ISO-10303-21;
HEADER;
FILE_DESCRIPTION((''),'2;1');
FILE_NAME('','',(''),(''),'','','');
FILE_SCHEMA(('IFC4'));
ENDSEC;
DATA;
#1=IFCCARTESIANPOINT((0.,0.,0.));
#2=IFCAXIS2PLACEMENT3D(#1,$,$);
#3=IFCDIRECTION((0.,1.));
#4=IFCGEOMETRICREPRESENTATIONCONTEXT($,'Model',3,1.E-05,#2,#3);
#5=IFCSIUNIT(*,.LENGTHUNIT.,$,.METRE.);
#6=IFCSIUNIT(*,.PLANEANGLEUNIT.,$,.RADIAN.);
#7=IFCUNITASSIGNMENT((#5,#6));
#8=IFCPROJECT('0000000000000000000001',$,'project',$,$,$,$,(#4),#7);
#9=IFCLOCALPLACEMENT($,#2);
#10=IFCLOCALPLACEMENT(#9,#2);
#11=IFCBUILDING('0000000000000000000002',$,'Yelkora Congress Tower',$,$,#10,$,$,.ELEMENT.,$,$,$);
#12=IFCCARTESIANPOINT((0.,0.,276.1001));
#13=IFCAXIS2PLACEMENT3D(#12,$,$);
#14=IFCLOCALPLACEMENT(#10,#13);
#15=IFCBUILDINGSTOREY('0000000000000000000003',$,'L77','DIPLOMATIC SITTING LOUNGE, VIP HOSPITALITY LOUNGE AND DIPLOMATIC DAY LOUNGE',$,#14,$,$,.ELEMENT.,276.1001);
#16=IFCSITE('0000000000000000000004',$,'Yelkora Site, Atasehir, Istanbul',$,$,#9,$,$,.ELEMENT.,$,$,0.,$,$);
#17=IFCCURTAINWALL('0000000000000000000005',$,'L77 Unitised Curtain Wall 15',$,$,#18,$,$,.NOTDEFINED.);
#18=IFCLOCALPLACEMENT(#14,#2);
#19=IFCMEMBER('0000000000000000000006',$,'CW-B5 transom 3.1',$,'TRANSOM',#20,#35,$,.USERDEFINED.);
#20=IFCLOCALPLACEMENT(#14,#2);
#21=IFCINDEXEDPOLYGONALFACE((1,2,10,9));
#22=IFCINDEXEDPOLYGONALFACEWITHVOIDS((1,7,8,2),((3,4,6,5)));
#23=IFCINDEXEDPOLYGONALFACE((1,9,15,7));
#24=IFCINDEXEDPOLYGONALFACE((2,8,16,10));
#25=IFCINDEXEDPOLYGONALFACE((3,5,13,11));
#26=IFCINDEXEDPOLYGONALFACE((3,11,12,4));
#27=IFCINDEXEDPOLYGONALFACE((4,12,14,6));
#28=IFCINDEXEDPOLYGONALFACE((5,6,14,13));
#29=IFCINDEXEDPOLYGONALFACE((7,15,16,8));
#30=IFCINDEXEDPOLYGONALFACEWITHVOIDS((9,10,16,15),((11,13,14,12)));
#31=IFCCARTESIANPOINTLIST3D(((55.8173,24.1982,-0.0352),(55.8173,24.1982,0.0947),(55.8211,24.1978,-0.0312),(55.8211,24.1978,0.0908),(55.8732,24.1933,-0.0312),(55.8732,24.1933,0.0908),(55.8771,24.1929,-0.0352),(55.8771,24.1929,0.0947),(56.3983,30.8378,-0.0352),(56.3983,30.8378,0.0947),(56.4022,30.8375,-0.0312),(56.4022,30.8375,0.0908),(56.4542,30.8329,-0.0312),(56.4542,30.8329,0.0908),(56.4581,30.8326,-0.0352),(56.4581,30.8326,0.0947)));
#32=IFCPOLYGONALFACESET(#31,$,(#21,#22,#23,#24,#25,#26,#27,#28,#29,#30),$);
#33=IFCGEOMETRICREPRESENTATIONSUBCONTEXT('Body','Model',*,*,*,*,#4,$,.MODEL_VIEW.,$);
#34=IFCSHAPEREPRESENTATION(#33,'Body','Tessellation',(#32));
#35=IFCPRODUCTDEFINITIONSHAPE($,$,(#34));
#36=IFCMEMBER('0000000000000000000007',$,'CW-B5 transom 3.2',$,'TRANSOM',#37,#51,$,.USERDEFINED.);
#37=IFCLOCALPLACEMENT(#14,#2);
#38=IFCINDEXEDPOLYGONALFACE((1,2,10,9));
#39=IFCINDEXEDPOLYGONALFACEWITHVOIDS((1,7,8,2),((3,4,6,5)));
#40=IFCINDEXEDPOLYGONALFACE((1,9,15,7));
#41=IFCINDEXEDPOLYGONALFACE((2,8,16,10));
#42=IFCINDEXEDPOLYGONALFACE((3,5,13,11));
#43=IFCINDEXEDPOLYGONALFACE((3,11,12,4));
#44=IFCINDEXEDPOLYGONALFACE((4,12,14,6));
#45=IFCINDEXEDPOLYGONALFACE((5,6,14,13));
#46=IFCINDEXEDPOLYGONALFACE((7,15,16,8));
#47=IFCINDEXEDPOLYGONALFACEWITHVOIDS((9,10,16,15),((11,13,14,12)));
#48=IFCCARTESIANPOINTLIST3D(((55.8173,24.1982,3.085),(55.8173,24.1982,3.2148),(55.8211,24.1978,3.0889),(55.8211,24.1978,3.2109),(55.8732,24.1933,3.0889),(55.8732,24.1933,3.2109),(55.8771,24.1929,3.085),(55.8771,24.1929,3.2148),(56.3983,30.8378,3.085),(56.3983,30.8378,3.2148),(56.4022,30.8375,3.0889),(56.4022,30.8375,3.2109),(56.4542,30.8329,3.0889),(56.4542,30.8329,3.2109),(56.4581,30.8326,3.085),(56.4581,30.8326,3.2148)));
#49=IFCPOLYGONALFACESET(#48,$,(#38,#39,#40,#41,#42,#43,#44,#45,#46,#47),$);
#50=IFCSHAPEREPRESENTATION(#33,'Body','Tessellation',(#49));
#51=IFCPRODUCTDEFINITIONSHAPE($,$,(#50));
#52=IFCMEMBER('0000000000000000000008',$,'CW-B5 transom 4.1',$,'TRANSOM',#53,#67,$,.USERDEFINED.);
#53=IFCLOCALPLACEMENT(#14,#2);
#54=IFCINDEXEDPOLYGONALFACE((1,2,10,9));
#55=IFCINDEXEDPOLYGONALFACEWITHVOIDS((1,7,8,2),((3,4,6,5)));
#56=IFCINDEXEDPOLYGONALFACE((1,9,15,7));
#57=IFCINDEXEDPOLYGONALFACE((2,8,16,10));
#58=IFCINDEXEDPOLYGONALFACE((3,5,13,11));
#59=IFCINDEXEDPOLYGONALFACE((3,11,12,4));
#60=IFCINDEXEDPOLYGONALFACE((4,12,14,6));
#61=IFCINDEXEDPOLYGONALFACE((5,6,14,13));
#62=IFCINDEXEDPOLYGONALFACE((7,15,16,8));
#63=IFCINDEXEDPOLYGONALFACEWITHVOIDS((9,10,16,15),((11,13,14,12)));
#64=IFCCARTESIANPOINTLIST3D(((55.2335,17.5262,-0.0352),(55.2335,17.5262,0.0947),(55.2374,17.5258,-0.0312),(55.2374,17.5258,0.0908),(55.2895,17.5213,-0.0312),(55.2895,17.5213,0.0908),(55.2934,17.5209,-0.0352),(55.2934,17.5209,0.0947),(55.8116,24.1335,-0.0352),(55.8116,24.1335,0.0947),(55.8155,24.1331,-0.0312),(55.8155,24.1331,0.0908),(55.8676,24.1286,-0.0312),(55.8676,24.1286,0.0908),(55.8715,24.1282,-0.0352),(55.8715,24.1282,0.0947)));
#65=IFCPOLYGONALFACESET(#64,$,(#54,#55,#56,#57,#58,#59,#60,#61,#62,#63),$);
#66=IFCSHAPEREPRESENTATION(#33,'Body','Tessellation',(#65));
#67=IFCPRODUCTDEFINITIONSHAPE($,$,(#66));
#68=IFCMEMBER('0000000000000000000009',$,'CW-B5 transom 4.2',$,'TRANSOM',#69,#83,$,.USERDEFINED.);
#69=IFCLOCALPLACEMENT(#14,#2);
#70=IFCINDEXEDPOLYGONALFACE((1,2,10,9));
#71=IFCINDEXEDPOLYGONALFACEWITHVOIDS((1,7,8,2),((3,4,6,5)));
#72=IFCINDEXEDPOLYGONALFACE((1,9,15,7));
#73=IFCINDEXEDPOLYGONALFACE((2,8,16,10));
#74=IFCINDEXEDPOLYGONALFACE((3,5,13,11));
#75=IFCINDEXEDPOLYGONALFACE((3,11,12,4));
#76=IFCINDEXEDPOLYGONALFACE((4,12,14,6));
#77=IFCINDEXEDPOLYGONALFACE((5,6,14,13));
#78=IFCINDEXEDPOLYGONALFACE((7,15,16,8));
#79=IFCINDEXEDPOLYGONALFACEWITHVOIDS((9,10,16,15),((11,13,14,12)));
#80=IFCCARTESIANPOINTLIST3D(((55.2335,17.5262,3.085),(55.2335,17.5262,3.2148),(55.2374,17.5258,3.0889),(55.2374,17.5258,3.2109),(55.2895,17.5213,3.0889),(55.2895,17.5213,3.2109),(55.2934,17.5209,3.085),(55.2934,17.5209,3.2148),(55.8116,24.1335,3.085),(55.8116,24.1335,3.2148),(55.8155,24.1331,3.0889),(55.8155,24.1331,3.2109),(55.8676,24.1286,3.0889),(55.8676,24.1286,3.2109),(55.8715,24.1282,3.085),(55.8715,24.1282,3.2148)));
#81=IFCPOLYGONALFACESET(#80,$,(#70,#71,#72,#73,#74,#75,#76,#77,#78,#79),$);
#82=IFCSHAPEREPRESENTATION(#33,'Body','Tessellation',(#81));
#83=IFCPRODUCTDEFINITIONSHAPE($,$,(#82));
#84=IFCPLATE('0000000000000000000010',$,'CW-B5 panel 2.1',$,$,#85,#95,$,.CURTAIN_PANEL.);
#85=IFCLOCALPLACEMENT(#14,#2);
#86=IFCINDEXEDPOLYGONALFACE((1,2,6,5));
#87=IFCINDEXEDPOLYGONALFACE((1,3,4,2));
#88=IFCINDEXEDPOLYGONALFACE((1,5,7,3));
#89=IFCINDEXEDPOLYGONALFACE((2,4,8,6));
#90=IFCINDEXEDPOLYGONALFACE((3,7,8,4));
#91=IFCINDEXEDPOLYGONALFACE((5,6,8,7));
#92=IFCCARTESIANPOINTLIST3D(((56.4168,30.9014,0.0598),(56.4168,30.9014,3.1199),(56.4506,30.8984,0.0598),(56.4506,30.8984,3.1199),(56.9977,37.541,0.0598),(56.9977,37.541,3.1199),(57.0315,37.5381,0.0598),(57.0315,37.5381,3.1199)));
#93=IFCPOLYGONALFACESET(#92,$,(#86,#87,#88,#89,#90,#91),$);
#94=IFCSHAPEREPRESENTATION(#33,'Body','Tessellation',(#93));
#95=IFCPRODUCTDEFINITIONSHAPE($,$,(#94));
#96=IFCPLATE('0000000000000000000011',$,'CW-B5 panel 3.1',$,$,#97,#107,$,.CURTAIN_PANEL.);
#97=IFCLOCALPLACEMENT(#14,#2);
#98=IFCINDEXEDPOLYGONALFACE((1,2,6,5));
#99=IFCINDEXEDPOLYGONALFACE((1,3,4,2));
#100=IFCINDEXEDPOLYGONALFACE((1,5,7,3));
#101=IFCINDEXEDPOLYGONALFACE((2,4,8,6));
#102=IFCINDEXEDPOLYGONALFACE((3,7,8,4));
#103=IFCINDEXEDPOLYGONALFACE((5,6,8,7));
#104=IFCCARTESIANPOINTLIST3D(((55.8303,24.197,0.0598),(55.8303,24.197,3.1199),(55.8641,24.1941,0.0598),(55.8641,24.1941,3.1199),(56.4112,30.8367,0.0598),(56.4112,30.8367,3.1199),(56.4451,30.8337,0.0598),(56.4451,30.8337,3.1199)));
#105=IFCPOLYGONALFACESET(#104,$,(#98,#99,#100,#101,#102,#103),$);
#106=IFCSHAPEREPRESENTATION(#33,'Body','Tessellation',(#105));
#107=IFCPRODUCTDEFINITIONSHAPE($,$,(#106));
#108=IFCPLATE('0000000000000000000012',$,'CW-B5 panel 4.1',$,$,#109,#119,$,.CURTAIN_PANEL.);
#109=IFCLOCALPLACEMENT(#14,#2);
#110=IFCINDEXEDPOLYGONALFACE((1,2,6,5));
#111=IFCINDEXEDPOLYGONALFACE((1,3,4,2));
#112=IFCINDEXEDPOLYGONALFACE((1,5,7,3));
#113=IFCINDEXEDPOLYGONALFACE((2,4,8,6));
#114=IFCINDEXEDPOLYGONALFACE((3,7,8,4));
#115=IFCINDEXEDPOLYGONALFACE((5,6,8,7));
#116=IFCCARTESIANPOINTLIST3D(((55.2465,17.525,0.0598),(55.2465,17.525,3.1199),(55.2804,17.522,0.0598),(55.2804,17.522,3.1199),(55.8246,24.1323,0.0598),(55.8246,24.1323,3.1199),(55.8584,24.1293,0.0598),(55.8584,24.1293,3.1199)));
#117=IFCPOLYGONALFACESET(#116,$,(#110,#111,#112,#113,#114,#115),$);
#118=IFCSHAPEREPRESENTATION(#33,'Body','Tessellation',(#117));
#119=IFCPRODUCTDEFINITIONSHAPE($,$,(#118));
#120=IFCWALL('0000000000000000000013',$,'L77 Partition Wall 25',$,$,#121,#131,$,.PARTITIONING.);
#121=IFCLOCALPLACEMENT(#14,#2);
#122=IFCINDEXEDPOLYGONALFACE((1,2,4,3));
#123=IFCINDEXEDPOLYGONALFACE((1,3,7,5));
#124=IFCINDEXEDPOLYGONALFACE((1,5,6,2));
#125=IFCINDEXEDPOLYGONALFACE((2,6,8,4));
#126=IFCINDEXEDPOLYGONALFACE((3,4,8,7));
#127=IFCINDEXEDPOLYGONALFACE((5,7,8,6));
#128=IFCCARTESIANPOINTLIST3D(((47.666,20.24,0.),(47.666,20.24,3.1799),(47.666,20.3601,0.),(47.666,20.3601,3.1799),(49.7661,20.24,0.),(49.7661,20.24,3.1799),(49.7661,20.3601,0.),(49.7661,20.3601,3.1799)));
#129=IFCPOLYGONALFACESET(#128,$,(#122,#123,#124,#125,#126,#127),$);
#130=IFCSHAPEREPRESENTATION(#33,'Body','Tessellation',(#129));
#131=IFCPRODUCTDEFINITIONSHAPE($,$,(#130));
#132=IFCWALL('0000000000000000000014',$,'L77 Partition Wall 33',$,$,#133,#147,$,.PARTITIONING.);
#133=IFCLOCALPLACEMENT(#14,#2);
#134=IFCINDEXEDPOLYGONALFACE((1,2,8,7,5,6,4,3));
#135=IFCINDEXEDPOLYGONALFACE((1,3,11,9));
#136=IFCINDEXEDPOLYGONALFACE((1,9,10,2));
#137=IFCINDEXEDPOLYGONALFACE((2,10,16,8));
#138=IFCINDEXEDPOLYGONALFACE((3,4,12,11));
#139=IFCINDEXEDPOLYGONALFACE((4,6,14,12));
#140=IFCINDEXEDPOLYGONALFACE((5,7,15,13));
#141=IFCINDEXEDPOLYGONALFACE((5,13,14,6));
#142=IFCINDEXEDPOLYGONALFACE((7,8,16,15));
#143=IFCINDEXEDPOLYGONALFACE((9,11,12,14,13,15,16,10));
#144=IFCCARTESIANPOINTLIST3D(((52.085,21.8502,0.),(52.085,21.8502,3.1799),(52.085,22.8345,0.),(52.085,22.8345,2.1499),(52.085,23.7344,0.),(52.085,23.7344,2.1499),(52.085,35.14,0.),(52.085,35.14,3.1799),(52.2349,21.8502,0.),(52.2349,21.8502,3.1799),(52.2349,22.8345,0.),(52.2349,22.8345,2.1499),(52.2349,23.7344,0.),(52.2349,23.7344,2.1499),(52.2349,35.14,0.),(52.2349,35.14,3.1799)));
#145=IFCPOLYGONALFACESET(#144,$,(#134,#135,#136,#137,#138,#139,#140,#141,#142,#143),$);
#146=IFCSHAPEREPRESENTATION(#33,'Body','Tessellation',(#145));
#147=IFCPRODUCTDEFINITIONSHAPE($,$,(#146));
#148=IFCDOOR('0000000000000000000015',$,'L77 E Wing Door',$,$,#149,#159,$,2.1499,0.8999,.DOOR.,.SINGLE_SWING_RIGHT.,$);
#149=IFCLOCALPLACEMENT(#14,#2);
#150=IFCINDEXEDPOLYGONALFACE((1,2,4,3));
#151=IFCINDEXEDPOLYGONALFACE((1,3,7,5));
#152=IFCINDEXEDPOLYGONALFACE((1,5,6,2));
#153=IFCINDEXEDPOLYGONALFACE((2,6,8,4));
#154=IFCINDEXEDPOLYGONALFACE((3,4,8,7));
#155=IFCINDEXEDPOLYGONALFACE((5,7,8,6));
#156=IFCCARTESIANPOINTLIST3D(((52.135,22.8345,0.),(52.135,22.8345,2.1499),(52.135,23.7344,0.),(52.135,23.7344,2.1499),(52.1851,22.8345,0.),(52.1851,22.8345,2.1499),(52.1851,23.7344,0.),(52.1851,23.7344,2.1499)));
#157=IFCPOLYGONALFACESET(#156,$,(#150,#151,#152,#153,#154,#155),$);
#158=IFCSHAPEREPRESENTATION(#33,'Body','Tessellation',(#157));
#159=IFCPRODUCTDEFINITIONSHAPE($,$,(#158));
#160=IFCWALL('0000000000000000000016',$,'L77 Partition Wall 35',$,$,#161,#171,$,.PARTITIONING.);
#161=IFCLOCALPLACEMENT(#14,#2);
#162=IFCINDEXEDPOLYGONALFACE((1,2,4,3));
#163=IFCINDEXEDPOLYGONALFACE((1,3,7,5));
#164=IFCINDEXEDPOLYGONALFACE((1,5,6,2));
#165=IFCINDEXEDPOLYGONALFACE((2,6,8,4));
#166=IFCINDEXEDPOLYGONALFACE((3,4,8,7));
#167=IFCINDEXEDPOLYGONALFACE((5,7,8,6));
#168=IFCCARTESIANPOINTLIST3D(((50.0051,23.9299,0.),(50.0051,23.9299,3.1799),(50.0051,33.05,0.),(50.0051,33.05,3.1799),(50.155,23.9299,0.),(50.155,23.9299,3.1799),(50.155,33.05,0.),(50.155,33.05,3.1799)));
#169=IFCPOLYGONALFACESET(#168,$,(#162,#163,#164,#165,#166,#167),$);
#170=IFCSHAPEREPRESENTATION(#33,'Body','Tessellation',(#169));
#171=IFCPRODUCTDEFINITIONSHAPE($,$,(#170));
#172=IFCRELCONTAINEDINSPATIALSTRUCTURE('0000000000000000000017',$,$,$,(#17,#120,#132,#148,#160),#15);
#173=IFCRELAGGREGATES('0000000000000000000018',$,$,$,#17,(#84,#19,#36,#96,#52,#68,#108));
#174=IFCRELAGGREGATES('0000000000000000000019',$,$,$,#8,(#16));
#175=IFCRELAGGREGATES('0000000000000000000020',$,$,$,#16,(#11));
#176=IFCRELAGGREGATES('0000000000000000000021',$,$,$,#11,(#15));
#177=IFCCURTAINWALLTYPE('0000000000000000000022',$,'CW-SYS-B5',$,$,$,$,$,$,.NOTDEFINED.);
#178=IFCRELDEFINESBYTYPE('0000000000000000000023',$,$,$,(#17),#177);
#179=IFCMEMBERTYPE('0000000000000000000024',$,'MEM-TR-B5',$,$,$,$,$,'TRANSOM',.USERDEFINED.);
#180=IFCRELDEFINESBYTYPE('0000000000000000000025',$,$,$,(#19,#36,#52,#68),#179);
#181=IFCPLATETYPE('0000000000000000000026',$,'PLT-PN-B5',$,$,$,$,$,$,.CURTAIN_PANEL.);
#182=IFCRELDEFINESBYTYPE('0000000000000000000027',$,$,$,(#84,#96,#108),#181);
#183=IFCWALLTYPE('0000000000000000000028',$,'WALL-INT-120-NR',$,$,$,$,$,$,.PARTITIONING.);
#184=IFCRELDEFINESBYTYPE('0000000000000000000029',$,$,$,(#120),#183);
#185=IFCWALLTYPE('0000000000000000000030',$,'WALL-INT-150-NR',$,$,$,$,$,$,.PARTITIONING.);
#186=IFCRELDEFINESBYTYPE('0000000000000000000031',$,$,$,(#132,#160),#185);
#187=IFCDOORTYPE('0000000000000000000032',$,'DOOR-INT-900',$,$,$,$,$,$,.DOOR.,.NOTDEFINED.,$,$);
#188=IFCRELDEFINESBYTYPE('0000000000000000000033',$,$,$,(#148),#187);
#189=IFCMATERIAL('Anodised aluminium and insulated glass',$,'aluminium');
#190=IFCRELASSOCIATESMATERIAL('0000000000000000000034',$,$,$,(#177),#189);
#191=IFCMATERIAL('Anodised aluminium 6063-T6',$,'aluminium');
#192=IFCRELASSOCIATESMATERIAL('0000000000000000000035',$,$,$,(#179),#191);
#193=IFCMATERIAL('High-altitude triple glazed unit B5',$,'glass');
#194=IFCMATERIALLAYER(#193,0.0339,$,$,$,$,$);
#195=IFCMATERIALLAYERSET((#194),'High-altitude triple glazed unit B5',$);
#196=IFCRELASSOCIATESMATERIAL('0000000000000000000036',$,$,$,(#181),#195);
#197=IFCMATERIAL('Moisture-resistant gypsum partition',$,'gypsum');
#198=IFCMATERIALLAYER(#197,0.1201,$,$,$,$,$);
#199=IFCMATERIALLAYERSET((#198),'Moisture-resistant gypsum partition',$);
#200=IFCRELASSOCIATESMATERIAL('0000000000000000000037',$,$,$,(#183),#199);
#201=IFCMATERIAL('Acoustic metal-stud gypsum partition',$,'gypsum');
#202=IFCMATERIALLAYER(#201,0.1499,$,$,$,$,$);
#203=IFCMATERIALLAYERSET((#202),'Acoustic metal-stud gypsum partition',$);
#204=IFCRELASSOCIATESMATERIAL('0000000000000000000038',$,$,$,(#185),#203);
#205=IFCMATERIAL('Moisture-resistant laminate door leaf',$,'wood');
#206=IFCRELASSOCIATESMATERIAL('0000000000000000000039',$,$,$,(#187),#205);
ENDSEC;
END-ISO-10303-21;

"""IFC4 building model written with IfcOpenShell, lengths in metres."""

from ifc_helpers import new_model, si_unit, direction, frame, frame_2d, origin, origin_2d, place, context, subcontext, project, spatial, rectangle, hollow_rectangle, extrude, material, layer, layer_set, material_profile, profile_set, type_object, element, fill, aggregate, save


model = new_model("IFC4")

# Units and contexts
model_context = context("Model", 3, precision=1e-05, world=origin(), true_north=direction((0.0, 1.0)))
body_context = subcontext(model_context, "Body", "Model", "MODEL_VIEW")
ifc_project = project(units=[si_unit("LENGTHUNIT", "METRE"), si_unit("PLANEANGLEUNIT", "RADIAN")], contexts=[model_context])

# Site, building, storey
site_placement = place(None, origin())
site = spatial("IfcSite", under=ifc_project, at=site_placement, Name="Yelkora Site, Atasehir, Istanbul", CompositionType="ELEMENT", RefElevation=0.0)
building_placement = place(site_placement, origin())
building = spatial("IfcBuilding", under=site, at=building_placement, Name="Yelkora Congress Tower", CompositionType="ELEMENT")
storey_placement = place(building_placement, frame((0.0, 0.0, 276.1001)))
storey = spatial("IfcBuildingStorey", under=building, at=storey_placement, Name="L77", Description="DIPLOMATIC SITTING LOUNGE, VIP HOSPITALITY LOUNGE AND DIPLOMATIC DAY LOUNGE", CompositionType="ELEMENT", Elevation=276.1001)

# Curtain wall, members, plates
ifc_material_1 = material(Name="Anodised aluminium and insulated glass", Category="aluminium")
curtain_wall_type = type_object("IfcCurtainWallType", Name="CW-SYS-B5", PredefinedType="NOTDEFINED", material=ifc_material_1)
curtain_wall_placement = place(storey_placement, origin())
curtain_wall = element("IfcCurtainWall", 1, at=curtain_wall_placement, inside=storey, type_object=curtain_wall_type, Name="L77 Unitised Curtain Wall 15", PredefinedType="NOTDEFINED")
ifc_material_2 = material(Name="Anodised aluminium 6063-T6", Category="aluminium")
ifc_material_profile_1 = material_profile(ifc_material_2, hollow_rectangle(XDim=0.0601, YDim=0.1299, WallThickness=0.0039, at=origin_2d()), Name="ALU 60x130x4")
ifc_profile_set_1 = profile_set([ifc_material_profile_1], Name="Anodised aluminium 6063-T6")
member_type_1 = type_object("IfcMemberType", Name="MEM-TR-B5", ElementType="TRANSOM", PredefinedType="USERDEFINED", material=ifc_profile_set_1)
member_1_placement = place(storey_placement, frame((56.4282, 30.8352, 0.0298), z_axis=(-0.08718, -0.996193, 0.0), x_axis=(0.996193, -0.08718, 0.0)))
member_1 = element("IfcMember", 2, at=member_1_placement, type_object=member_type_1, Name="CW-B5 transom 3.1", ObjectType="TRANSOM", PredefinedType="USERDEFINED", context=body_context, shape_type="SweptSolid", body=[
    extrude(hollow_rectangle(XDim=0.0601, YDim=0.1299, WallThickness=0.0039, at=origin_2d()), origin(), (0.0, 0.0, 1.0), 6.665),
])
member_2_placement = place(storey_placement, frame((56.4282, 30.8352, 3.1499), z_axis=(-0.08718, -0.996193, 0.0), x_axis=(0.996193, -0.08718, 0.0)))
member_2 = element("IfcMember", 3, at=member_2_placement, type_object=member_type_1, Name="CW-B5 transom 3.2", ObjectType="TRANSOM", PredefinedType="USERDEFINED", context=body_context, shape_type="SweptSolid", body=[
    extrude(hollow_rectangle(XDim=0.0601, YDim=0.1299, WallThickness=0.0039, at=origin_2d()), origin(), (0.0, 0.0, 1.0), 6.665),
])
member_3_placement = place(storey_placement, frame((55.8416, 24.1309, 0.0298), z_axis=(-0.087163, -0.996194, 0.0), x_axis=(0.996194, -0.087163, 0.0)))
member_3 = element("IfcMember", 4, at=member_3_placement, type_object=member_type_1, Name="CW-B5 transom 4.1", ObjectType="TRANSOM", PredefinedType="USERDEFINED", context=body_context, shape_type="SweptSolid", body=[
    extrude(hollow_rectangle(XDim=0.0601, YDim=0.1299, WallThickness=0.0039, at=origin_2d()), origin(), (0.0, 0.0, 1.0), 6.6326),
])
member_4_placement = place(storey_placement, frame((55.8416, 24.1309, 3.1499), z_axis=(-0.087163, -0.996194, 0.0), x_axis=(0.996194, -0.087163, 0.0)))
member_4 = element("IfcMember", 5, at=member_4_placement, type_object=member_type_1, Name="CW-B5 transom 4.2", ObjectType="TRANSOM", PredefinedType="USERDEFINED", context=body_context, shape_type="SweptSolid", body=[
    extrude(hollow_rectangle(XDim=0.0601, YDim=0.1299, WallThickness=0.0039, at=origin_2d()), origin(), (0.0, 0.0, 1.0), 6.6326),
])
ifc_material_3 = material(Name="High-altitude triple glazed unit B5", Category="glass")
ifc_layer_1 = layer(ifc_material_3, 0.0339)
ifc_layer_set_1 = layer_set([ifc_layer_1], Name="High-altitude triple glazed unit B5")
plate_type = type_object("IfcPlateType", Name="PLT-PN-B5", PredefinedType="CURTAIN_PANEL", material=ifc_layer_set_1)
plate_1_placement = place(storey_placement, frame((56.7241, 34.2197, 0.0598), z_axis=(0.0, 0.0, 1.0), x_axis=(-0.087158, -0.996194, 0.0)))
plate_1 = element("IfcPlate", 6, at=plate_1_placement, type_object=plate_type, Name="CW-B5 panel 2.1", PredefinedType="CURTAIN_PANEL", context=body_context, shape_type="SweptSolid", body=[
    extrude(rectangle(XDim=6.665, YDim=0.0339, at=origin_2d()), origin(), (0.0, 0.0, 1.0), 3.0601),
])
plate_2_placement = place(storey_placement, frame((56.1377, 27.5154, 0.0598), z_axis=(0.0, 0.0, 1.0), x_axis=(-0.087158, -0.996194, 0.0)))
plate_2 = element("IfcPlate", 7, at=plate_2_placement, type_object=plate_type, Name="CW-B5 panel 3.1", PredefinedType="CURTAIN_PANEL", context=body_context, shape_type="SweptSolid", body=[
    extrude(rectangle(XDim=6.665, YDim=0.0339, at=origin_2d()), origin(), (0.0, 0.0, 1.0), 3.0601),
])
plate_3_placement = place(storey_placement, frame((55.5525, 20.8271, 0.0598), z_axis=(0.0, 0.0, 1.0), x_axis=(-0.087158, -0.996194, 0.0)))
plate_3 = element("IfcPlate", 8, at=plate_3_placement, type_object=plate_type, Name="CW-B5 panel 4.1", PredefinedType="CURTAIN_PANEL", context=body_context, shape_type="SweptSolid", body=[
    extrude(rectangle(XDim=6.6326, YDim=0.0339, at=origin_2d()), origin(), (0.0, 0.0, 1.0), 3.0601),
])
aggregate(curtain_wall, [plate_1, member_1, member_2, plate_2, member_3, member_4, plate_3])

# Wall
ifc_material_4 = material(Name="Moisture-resistant gypsum partition", Category="gypsum")
ifc_layer_2 = layer(ifc_material_4, 0.1201)
ifc_layer_set_2 = layer_set([ifc_layer_2], Name="Moisture-resistant gypsum partition")
wall_type_1 = type_object("IfcWallType", Name="WALL-INT-120-NR", PredefinedType="PARTITIONING", material=ifc_layer_set_2)
wall_1_placement = place(storey_placement, frame((47.666, 20.3, 0.0), z_axis=(0.0, 0.0, 1.0), x_axis=(1.0, 0.0, 0.0)))
element("IfcWall", 9, at=wall_1_placement, inside=storey, type_object=wall_type_1, Name="L77 Partition Wall 25", PredefinedType="PARTITIONING", context=body_context, shape_type="SweptSolid", body=[
    extrude(rectangle(XDim=2.1001, YDim=0.1201, at=frame_2d((1.05, 0.0))), origin(), (0.0, 0.0, 1.0), 3.1799),
])

# Wall, opening, door
ifc_material_5 = material(Name="Acoustic metal-stud gypsum partition", Category="gypsum")
ifc_layer_3 = layer(ifc_material_5, 0.1499)
ifc_layer_set_3 = layer_set([ifc_layer_3], Name="Acoustic metal-stud gypsum partition")
wall_type_2 = type_object("IfcWallType", Name="WALL-INT-150-NR", PredefinedType="PARTITIONING", material=ifc_layer_set_3)
wall_2_placement = place(storey_placement, frame((52.1599, 21.8501, 0.0), z_axis=(0.0, 0.0, 1.0), x_axis=(0.0, 1.0, 0.0)))
wall_2 = element("IfcWall", 10, at=wall_2_placement, inside=storey, type_object=wall_type_2, Name="L77 Partition Wall 33", PredefinedType="PARTITIONING", context=body_context, shape_type="SweptSolid", body=[
    extrude(rectangle(XDim=13.2898, YDim=0.1499, at=frame_2d((6.645, 0.0))), origin(), (0.0, 0.0, 1.0), 3.1799),
])
opening_placement = place(wall_2_placement, frame((0.9844, 0.0, 0.0)))
opening = element("IfcOpeningElement", 11, at=opening_placement, cuts=wall_2, PredefinedType="OPENING", context=body_context, shape_type="SweptSolid", body=[
    extrude(rectangle(XDim=0.8999, YDim=2.1499, at=frame_2d((0.45, 1.075))), frame((0.0, 0.085, 0.0), z_axis=(0.0, -1.0, 0.0), x_axis=(1.0, 0.0, 0.0)), (0.0, 0.0, 1.0), 0.1699),
])
ifc_material_6 = material(Name="Moisture-resistant laminate door leaf", Category="wood")
door_type = type_object("IfcDoorType", Name="DOOR-INT-900", OperationType="NOTDEFINED", PredefinedType="DOOR", material=ifc_material_6)
door_placement = place(opening_placement, origin())
door = element("IfcDoor", 12, at=door_placement, inside=storey, type_object=door_type, Name="L77 E Wing Door", OperationType="SINGLE_SWING_RIGHT", OverallHeight=2.1499, OverallWidth=0.8999, PredefinedType="DOOR", context=body_context, shape_type="SweptSolid", body=[
    extrude(rectangle(XDim=0.8999, YDim=2.1499, at=frame_2d((0.45, 1.075))), frame((0.0, 0.0249, 0.0), z_axis=(0.0, -1.0, 0.0), x_axis=(1.0, 0.0, 0.0)), (0.0, 0.0, 1.0), 0.05),
])
fill(opening, door)

# Wall
wall_3_placement = place(storey_placement, frame((50.0801, 23.9299, 0.0), z_axis=(0.0, 0.0, 1.0), x_axis=(0.0, 1.0, 0.0)))
element("IfcWall", 13, at=wall_3_placement, inside=storey, type_object=wall_type_2, Name="L77 Partition Wall 35", PredefinedType="PARTITIONING", context=body_context, shape_type="SweptSolid", body=[
    extrude(rectangle(XDim=9.1201, YDim=0.1499, at=frame_2d((4.5601, 0.0))), origin(), (0.0, 0.0, 1.0), 3.1799),
])

save(model, "model.ifc")
